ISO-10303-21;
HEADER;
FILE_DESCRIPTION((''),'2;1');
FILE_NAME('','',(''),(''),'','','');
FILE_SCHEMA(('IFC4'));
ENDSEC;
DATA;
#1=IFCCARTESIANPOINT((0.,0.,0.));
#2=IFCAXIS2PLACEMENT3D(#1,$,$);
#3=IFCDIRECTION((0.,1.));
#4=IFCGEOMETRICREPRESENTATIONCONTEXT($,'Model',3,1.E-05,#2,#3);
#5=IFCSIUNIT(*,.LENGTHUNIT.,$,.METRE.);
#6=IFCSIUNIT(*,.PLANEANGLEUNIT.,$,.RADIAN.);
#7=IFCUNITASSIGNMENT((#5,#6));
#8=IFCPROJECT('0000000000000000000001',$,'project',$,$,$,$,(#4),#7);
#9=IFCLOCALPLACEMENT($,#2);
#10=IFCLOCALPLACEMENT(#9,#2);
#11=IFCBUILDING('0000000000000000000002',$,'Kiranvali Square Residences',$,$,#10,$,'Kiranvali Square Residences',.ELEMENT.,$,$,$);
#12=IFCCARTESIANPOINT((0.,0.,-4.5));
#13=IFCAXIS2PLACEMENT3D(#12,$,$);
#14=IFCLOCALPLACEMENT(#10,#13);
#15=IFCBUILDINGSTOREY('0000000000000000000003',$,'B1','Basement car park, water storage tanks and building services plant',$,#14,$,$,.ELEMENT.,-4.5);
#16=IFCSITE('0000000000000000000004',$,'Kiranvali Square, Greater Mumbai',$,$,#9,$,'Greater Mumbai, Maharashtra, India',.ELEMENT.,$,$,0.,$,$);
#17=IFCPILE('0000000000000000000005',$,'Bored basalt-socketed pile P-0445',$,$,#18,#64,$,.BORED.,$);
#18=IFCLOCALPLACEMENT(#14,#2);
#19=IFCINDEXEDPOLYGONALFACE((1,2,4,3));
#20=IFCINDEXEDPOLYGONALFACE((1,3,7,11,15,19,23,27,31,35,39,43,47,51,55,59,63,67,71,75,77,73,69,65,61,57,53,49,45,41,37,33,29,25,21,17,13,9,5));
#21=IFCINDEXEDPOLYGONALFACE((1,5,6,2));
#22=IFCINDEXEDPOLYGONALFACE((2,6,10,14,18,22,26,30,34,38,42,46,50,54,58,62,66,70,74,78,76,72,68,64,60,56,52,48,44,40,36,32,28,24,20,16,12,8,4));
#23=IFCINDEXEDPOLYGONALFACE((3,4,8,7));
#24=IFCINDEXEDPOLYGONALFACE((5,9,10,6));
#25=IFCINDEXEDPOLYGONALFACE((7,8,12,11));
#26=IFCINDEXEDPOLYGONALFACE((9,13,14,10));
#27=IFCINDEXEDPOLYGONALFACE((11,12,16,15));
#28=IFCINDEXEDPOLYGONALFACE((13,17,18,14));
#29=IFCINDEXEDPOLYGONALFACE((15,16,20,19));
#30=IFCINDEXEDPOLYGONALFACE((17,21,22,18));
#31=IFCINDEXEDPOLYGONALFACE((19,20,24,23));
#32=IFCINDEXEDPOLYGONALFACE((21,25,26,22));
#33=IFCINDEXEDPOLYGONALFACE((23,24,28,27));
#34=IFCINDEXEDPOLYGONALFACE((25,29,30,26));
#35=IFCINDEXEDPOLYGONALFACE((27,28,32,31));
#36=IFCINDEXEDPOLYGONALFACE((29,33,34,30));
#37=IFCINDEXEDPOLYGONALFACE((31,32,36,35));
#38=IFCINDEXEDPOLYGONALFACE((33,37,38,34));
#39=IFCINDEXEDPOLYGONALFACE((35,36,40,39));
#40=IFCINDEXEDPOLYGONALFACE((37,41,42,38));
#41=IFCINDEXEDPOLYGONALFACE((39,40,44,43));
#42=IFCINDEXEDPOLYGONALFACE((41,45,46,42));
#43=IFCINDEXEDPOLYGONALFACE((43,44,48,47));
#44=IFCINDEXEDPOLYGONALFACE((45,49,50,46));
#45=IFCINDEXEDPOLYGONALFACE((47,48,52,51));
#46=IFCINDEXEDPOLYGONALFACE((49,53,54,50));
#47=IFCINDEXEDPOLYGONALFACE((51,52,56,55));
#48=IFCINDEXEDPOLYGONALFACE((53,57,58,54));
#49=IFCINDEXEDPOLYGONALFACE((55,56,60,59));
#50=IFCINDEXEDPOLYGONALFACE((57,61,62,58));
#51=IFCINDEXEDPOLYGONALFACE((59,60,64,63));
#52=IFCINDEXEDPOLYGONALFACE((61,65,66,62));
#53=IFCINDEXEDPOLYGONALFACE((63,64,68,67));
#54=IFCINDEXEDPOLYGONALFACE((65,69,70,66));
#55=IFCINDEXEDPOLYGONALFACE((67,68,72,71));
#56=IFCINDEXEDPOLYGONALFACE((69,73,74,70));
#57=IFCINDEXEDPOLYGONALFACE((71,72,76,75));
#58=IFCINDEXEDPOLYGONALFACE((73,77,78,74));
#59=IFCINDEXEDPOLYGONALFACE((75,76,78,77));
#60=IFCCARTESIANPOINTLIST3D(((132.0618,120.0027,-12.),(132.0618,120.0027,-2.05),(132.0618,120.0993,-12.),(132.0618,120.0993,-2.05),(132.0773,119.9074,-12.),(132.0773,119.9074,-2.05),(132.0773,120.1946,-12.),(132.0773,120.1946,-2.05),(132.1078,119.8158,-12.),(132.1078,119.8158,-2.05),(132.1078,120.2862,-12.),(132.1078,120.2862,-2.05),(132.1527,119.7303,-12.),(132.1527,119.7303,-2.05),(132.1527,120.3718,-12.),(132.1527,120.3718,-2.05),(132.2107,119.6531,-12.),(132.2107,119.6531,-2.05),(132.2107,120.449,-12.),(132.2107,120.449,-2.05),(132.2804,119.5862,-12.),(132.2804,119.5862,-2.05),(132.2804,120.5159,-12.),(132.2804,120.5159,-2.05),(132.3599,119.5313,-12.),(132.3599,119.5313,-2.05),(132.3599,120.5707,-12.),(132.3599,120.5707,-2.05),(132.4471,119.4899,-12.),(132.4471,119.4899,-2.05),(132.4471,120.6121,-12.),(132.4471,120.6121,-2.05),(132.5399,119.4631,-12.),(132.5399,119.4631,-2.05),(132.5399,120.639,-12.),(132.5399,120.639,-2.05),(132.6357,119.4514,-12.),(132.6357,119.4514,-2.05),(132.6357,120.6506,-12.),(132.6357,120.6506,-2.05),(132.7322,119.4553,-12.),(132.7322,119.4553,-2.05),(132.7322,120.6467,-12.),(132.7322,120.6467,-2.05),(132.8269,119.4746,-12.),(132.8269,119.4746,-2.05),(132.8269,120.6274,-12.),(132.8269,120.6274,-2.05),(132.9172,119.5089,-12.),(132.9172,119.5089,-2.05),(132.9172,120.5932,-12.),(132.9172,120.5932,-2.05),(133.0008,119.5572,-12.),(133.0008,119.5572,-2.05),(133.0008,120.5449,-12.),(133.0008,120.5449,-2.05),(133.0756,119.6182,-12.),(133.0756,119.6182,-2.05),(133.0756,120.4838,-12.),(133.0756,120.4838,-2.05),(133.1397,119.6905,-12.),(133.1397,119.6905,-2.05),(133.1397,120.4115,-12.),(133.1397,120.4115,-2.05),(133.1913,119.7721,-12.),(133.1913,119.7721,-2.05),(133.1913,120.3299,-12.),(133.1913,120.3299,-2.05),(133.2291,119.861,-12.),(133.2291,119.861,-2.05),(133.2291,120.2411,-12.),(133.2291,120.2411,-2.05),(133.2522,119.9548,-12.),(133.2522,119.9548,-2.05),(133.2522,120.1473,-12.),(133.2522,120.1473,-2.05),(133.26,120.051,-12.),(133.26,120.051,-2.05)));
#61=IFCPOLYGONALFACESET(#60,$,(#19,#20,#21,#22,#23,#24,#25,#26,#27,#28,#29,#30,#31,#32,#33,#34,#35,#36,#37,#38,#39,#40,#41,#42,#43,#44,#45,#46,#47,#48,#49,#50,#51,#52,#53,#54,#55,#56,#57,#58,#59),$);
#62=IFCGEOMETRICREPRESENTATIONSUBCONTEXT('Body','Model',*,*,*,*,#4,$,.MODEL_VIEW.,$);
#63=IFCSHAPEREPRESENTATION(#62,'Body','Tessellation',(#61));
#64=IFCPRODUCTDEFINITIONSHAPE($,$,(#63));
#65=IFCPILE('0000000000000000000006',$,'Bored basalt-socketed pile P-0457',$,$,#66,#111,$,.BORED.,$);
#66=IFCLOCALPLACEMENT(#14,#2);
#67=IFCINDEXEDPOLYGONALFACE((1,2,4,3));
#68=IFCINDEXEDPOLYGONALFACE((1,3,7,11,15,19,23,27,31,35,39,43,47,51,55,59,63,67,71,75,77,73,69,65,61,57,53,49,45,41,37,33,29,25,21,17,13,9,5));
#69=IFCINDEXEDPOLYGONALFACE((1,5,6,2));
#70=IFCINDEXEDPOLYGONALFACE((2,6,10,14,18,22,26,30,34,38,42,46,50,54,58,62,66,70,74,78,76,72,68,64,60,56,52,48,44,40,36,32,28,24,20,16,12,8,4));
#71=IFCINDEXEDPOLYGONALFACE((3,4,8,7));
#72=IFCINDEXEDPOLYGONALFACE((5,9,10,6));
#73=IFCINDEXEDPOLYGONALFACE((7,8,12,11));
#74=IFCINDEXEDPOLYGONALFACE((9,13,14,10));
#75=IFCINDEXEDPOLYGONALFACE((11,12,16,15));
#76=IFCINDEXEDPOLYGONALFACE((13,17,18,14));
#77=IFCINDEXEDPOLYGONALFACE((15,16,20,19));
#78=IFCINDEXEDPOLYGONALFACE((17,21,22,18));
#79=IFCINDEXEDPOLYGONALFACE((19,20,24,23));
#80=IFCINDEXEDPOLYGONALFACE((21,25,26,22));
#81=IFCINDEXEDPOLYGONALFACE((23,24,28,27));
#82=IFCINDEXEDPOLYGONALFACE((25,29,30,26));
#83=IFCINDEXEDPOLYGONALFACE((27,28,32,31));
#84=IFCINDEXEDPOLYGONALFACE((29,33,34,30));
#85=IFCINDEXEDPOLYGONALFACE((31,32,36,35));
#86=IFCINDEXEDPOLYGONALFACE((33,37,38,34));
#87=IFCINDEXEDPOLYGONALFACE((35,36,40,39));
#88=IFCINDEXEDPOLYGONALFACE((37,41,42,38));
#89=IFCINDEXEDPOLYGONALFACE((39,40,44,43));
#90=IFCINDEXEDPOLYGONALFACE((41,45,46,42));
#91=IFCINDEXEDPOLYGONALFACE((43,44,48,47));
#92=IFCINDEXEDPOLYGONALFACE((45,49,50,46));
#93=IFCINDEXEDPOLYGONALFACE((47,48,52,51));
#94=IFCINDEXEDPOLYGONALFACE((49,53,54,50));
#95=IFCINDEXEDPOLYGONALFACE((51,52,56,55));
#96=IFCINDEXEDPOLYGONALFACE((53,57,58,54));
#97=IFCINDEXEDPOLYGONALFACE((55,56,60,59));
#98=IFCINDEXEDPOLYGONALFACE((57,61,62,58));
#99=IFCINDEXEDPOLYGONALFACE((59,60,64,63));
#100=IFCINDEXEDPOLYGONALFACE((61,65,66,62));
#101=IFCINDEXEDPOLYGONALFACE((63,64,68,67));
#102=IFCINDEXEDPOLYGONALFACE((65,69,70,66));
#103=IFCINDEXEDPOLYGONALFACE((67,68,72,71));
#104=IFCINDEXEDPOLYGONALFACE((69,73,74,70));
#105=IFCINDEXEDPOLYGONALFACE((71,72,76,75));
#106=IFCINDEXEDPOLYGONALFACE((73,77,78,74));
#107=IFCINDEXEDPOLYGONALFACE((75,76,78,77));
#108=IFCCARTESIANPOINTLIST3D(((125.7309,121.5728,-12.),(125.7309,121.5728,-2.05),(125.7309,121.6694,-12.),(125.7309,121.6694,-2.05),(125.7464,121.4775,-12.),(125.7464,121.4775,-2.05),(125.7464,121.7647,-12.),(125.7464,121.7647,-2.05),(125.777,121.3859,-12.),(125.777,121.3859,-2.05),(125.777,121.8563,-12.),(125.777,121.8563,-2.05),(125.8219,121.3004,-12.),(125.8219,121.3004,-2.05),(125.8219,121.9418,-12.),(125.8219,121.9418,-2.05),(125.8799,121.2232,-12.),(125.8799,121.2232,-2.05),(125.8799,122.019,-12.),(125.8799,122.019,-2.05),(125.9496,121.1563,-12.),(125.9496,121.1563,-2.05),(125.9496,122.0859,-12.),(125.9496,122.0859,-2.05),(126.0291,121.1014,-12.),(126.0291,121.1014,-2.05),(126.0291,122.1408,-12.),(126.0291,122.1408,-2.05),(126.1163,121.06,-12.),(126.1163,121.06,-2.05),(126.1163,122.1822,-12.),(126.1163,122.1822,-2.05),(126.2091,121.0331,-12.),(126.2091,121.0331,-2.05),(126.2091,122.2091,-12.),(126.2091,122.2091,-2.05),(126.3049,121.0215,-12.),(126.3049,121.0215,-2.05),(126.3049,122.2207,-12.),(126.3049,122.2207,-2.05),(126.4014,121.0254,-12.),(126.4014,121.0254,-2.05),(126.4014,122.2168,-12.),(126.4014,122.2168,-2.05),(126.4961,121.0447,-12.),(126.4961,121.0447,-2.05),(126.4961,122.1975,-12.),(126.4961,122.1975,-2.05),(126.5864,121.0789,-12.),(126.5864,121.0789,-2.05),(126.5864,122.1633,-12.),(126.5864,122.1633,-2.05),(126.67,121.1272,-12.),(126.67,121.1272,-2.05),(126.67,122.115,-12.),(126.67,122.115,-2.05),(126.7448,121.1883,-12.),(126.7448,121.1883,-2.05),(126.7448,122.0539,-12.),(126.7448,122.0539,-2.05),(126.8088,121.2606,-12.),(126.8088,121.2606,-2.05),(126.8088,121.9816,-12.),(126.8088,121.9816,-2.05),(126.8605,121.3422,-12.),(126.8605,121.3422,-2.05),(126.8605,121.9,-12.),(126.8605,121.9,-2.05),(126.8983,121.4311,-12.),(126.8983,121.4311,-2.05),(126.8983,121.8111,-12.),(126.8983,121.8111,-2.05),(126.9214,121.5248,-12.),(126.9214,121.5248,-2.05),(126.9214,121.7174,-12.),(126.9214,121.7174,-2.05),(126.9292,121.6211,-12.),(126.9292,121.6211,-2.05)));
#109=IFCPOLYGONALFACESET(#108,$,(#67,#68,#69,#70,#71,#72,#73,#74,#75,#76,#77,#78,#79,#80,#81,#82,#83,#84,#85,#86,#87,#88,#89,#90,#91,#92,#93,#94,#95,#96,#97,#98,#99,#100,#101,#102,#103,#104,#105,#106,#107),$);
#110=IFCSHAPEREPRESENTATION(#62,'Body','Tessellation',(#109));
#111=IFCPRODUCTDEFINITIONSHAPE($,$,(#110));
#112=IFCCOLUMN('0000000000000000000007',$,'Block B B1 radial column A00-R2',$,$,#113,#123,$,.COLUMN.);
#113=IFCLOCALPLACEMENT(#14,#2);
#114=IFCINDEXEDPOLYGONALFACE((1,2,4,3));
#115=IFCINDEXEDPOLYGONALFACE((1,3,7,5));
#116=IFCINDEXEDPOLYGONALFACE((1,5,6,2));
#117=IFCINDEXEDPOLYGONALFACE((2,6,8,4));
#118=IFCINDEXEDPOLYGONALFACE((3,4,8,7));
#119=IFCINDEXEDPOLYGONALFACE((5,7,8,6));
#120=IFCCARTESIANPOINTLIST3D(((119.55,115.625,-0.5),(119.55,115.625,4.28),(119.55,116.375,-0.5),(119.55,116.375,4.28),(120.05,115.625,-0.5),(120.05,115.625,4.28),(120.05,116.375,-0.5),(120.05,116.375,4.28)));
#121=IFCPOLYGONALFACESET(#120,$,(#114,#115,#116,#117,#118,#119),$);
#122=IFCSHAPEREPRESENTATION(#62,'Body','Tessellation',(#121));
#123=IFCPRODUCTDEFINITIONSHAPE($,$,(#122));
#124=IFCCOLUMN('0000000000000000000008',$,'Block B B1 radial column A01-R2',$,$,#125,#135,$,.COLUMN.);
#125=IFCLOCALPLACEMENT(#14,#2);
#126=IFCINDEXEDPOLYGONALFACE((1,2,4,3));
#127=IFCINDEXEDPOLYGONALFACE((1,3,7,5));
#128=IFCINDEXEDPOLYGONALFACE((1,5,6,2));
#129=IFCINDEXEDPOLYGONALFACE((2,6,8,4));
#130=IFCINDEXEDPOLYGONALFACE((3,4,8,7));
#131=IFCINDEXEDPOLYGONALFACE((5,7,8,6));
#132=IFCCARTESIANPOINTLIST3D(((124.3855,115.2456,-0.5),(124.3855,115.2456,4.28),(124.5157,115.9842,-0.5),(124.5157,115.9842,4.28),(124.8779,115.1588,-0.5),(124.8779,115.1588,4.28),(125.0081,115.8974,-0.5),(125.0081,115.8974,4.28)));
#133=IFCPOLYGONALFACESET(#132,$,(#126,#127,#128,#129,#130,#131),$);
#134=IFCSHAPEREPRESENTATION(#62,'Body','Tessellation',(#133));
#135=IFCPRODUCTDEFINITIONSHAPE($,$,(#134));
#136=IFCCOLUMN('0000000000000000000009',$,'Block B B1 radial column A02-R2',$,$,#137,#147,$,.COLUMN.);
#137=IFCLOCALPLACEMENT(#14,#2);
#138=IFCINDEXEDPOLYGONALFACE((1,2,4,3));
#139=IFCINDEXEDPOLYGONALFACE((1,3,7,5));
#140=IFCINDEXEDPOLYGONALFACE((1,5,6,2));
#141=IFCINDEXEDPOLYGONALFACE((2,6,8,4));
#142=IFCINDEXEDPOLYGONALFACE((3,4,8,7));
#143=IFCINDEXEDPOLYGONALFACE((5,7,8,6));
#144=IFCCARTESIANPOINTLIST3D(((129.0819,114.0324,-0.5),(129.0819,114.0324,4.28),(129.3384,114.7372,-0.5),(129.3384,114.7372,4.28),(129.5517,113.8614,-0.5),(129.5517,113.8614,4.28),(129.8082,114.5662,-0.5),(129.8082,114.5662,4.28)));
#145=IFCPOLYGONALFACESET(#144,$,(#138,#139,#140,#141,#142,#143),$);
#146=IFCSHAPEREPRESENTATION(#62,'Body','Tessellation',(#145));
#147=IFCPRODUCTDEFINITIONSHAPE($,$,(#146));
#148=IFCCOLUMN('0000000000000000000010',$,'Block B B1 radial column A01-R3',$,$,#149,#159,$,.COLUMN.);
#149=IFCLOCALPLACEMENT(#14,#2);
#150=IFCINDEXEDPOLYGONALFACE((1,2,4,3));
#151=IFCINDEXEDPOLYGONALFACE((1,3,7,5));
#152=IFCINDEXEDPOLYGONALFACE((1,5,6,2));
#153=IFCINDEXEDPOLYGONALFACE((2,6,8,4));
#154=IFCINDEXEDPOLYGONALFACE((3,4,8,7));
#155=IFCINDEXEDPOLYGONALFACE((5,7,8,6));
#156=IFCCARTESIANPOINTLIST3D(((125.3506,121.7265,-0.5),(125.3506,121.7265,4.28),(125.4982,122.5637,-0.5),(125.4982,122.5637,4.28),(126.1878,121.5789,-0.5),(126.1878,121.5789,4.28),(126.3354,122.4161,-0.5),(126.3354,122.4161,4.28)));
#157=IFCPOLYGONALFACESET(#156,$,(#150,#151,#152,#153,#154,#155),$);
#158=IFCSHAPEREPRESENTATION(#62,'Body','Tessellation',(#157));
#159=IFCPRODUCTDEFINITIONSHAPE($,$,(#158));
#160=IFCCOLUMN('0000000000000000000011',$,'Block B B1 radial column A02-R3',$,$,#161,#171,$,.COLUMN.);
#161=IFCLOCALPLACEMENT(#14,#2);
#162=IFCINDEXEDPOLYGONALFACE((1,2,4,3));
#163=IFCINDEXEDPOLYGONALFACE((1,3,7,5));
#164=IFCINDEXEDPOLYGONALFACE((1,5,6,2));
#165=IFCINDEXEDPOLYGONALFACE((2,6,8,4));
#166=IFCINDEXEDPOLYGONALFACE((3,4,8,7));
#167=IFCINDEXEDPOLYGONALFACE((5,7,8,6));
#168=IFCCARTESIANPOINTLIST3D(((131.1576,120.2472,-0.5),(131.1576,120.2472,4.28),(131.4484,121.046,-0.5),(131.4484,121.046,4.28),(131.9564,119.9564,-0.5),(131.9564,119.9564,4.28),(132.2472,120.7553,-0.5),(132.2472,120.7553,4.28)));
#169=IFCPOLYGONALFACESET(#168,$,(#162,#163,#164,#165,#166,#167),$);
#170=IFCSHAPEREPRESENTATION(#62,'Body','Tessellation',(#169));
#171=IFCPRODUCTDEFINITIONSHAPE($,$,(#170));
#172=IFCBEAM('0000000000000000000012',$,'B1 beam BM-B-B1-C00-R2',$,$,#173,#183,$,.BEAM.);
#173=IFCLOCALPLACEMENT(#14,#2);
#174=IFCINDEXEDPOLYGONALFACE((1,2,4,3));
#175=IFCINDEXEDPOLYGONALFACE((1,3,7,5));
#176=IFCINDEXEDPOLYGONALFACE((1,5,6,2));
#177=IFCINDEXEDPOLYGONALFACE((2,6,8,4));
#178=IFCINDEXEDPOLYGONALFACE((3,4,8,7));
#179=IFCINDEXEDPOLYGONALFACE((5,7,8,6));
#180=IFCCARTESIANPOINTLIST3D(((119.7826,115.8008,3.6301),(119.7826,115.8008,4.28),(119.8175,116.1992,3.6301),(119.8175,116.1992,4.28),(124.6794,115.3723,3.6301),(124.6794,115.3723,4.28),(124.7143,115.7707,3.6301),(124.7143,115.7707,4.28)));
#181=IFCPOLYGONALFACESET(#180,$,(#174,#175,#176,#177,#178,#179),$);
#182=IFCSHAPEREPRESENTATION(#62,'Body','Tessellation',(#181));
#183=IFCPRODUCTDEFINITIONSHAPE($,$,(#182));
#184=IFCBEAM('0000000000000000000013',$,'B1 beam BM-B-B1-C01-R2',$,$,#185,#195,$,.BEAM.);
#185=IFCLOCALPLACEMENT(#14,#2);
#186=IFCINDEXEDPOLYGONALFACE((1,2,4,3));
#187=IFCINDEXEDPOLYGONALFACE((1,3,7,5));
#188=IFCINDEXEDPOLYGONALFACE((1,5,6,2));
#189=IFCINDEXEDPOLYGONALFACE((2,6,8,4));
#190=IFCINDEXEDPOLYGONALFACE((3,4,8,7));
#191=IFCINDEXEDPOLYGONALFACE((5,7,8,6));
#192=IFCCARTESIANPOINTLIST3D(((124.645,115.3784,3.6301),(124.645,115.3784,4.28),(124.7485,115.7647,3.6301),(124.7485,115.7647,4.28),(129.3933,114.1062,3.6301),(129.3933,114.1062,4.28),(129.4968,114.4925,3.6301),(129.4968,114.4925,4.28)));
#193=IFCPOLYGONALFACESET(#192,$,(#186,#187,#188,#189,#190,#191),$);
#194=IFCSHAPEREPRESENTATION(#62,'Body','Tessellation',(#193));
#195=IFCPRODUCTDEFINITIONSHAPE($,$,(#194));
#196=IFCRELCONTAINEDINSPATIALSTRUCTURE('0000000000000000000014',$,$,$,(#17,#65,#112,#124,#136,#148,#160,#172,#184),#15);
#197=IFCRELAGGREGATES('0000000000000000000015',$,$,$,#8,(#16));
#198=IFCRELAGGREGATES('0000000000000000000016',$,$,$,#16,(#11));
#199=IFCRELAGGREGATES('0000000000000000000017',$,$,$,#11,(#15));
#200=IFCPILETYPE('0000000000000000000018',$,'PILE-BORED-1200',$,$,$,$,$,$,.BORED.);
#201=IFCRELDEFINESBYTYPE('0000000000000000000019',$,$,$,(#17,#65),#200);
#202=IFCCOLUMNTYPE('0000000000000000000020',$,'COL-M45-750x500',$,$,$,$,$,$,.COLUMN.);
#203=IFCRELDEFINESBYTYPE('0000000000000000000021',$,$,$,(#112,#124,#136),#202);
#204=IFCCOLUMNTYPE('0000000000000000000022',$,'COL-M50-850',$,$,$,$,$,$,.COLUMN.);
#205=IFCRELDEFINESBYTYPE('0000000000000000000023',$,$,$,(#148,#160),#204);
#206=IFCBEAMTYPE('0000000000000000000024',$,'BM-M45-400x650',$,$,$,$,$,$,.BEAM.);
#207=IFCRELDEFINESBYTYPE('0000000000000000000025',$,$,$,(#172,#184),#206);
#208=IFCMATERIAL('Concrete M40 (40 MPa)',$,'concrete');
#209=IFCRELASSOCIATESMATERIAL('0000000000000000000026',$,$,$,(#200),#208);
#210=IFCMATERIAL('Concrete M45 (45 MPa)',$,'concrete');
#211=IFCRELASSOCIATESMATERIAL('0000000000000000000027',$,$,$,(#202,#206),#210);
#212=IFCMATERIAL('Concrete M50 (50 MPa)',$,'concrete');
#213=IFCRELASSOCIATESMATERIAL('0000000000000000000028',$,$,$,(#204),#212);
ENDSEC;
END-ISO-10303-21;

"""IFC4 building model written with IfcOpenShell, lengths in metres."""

from ifc_helpers import new_model, si_unit, direction, frame, origin, origin_2d, place, context, subcontext, project, spatial, rectangle, circle, extrude, material, material_profile, profile_set, type_object, element, save


model = new_model("IFC4")

# Units and contexts
model_context = context("Model", 3, precision=1e-05, world=origin(), true_north=direction((0.0, 1.0)))
body_context = subcontext(model_context, "Body", "Model", "MODEL_VIEW")
ifc_project = project(units=[si_unit("LENGTHUNIT", "METRE"), si_unit("PLANEANGLEUNIT", "RADIAN")], contexts=[model_context])

# Site, building, storey
site_placement = place(None, origin())
site = spatial("IfcSite", under=ifc_project, at=site_placement, Name="Kiranvali Square, Greater Mumbai", LongName="Greater Mumbai, Maharashtra, India", CompositionType="ELEMENT", RefElevation=0.0)
building_placement = place(site_placement, origin())
building = spatial("IfcBuilding", under=site, at=building_placement, Name="Kiranvali Square Residences", LongName="Kiranvali Square Residences", CompositionType="ELEMENT")
storey_placement = place(building_placement, frame((0.0, 0.0, -4.5)))
storey = spatial("IfcBuildingStorey", under=building, at=storey_placement, Name="B1", Description="Basement car park, water storage tanks and building services plant", CompositionType="ELEMENT", Elevation=-4.5)

# Shared definitions
ifc_material_1 = material(Name="Concrete M40 (40 MPa)", Category="concrete")

# Piles
ifc_material_profile_1 = material_profile(ifc_material_1, circle(Radius=0.6001, at=origin_2d()), Name="BORED PILE 1200")
ifc_profile_set_1 = profile_set([ifc_material_profile_1], Name="Concrete M40 (40 MPa)")
pile_type = type_object("IfcPileType", Name="PILE-BORED-1200", PredefinedType="BORED", material=ifc_profile_set_1)
for number, where, z_axis, x_axis, name in (
    (1, (132.6599, 120.051, -2.05), (0.0, 0.0, -1.0), (1.0, 0.0, 0.0), "Bored basalt-socketed pile P-0445"),
    (2, (126.3291, 121.6211, -2.05), (0.0, 0.0, -1.0), (1.0, 0.0, 0.0), "Bored basalt-socketed pile P-0457"),
):
    element("IfcPile", number, at=place(storey_placement, frame(where, z_axis=z_axis, x_axis=x_axis)), inside=storey, type_object=pile_type, Name=name, PredefinedType="BORED", context=body_context, shape_type="SweptSolid", body=[
        extrude(circle(Radius=0.6001, at=origin_2d()), origin(), (0.0, 0.0, 1.0), 9.95),
    ])

# Columns
ifc_material_2 = material(Name="Concrete M45 (45 MPa)", Category="concrete")
ifc_material_profile_2 = material_profile(ifc_material_2, rectangle(XDim=0.5, YDim=0.75, at=origin_2d()), Name="RC 750x500")
ifc_profile_set_2 = profile_set([ifc_material_profile_2], Name="Concrete M45 (45 MPa)")
column_type_1 = type_object("IfcColumnType", Name="COL-M45-750x500", PredefinedType="COLUMN", material=ifc_profile_set_2)
for number, where, z_axis, x_axis, name in (
    (3, (119.8, 116.0, -0.5), (0.0, 0.0, 1.0), (1.0, 0.0, 0.0), "Block B B1 radial column A00-R2"),
    (4, (124.6968, 115.5715, -0.5), (0.0, 0.0, 1.0), (-0.984808, 0.173648, 0.0), "Block B B1 radial column A01-R2"),
    (5, (129.4451, 114.2993, -0.5), (0.0, 0.0, 1.0), (-0.939693, 0.34202, 0.0), "Block B B1 radial column A02-R2"),
):
    element("IfcColumn", number, at=place(storey_placement, frame(where, z_axis=z_axis, x_axis=x_axis)), inside=storey, type_object=column_type_1, Name=name, PredefinedType="COLUMN", context=body_context, shape_type="SweptSolid", body=[
        extrude(rectangle(XDim=0.5, YDim=0.75, at=origin_2d()), origin(), (0.0, 0.0, 1.0), 4.78),
    ])
ifc_material_3 = material(Name="Concrete M50 (50 MPa)", Category="concrete")
ifc_material_profile_3 = material_profile(ifc_material_3, rectangle(XDim=0.8501, YDim=0.8501, at=origin_2d()), Name="RC 850x850")
ifc_profile_set_3 = profile_set([ifc_material_profile_3], Name="Concrete M50 (50 MPa)")
column_type_2 = type_object("IfcColumnType", Name="COL-M50-850", PredefinedType="COLUMN", material=ifc_profile_set_3)
for number, where, z_axis, x_axis, name in (
    (6, (125.843, 122.0713, -0.5), (0.0, 0.0, 1.0), (-0.984808, 0.173648, 0.0), "Block B B1 radial column A01-R3"),
    (7, (131.7024, 120.5012, -0.5), (0.0, 0.0, 1.0), (-0.939693, 0.34202, 0.0), "Block B B1 radial column A02-R3"),
):
    element("IfcColumn", number, at=place(storey_placement, frame(where, z_axis=z_axis, x_axis=x_axis)), inside=storey, type_object=column_type_2, Name=name, PredefinedType="COLUMN", context=body_context, shape_type="SweptSolid", body=[
        extrude(rectangle(XDim=0.8501, YDim=0.8501, at=origin_2d()), origin(), (0.0, 0.0, 1.0), 4.78),
    ])

# Beams
ifc_material_profile_4 = material_profile(ifc_material_2, rectangle(XDim=0.3999, YDim=0.6499, at=origin_2d()), Name="RC 400x650")
ifc_profile_set_4 = profile_set([ifc_material_profile_4], Name="Concrete M45 (45 MPa)")
beam_type = type_object("IfcBeamType", Name="BM-M45-400x650", PredefinedType="BEAM", material=ifc_profile_set_4)
beam_1_placement = place(storey_placement, frame((119.8, 116.0, 3.9551), z_axis=(0.996194, -0.087168, 0.0), x_axis=(0.087168, 0.996194, 0.0)))
element("IfcBeam", 8, at=beam_1_placement, inside=storey, type_object=beam_type, Name="B1 beam BM-B-B1-C00-R2", PredefinedType="BEAM", context=body_context, shape_type="SweptSolid", body=[
    extrude(rectangle(XDim=0.3999, YDim=0.6499, at=origin_2d()), origin(), (0.0, 0.0, 1.0), 4.9155),
])
beam_2_placement = place(storey_placement, frame((124.6968, 115.5715, 3.9551), z_axis=(0.96593, -0.258803, 0.0), x_axis=(0.258803, 0.96593, 0.0)))
element("IfcBeam", 9, at=beam_2_placement, inside=storey, type_object=beam_type, Name="B1 beam BM-B-B1-C01-R2", PredefinedType="BEAM", context=body_context, shape_type="SweptSolid", body=[
    extrude(rectangle(XDim=0.3999, YDim=0.6499, at=origin_2d()), origin(), (0.0, 0.0, 1.0), 4.9158),
])

save(model, "model.ifc")
